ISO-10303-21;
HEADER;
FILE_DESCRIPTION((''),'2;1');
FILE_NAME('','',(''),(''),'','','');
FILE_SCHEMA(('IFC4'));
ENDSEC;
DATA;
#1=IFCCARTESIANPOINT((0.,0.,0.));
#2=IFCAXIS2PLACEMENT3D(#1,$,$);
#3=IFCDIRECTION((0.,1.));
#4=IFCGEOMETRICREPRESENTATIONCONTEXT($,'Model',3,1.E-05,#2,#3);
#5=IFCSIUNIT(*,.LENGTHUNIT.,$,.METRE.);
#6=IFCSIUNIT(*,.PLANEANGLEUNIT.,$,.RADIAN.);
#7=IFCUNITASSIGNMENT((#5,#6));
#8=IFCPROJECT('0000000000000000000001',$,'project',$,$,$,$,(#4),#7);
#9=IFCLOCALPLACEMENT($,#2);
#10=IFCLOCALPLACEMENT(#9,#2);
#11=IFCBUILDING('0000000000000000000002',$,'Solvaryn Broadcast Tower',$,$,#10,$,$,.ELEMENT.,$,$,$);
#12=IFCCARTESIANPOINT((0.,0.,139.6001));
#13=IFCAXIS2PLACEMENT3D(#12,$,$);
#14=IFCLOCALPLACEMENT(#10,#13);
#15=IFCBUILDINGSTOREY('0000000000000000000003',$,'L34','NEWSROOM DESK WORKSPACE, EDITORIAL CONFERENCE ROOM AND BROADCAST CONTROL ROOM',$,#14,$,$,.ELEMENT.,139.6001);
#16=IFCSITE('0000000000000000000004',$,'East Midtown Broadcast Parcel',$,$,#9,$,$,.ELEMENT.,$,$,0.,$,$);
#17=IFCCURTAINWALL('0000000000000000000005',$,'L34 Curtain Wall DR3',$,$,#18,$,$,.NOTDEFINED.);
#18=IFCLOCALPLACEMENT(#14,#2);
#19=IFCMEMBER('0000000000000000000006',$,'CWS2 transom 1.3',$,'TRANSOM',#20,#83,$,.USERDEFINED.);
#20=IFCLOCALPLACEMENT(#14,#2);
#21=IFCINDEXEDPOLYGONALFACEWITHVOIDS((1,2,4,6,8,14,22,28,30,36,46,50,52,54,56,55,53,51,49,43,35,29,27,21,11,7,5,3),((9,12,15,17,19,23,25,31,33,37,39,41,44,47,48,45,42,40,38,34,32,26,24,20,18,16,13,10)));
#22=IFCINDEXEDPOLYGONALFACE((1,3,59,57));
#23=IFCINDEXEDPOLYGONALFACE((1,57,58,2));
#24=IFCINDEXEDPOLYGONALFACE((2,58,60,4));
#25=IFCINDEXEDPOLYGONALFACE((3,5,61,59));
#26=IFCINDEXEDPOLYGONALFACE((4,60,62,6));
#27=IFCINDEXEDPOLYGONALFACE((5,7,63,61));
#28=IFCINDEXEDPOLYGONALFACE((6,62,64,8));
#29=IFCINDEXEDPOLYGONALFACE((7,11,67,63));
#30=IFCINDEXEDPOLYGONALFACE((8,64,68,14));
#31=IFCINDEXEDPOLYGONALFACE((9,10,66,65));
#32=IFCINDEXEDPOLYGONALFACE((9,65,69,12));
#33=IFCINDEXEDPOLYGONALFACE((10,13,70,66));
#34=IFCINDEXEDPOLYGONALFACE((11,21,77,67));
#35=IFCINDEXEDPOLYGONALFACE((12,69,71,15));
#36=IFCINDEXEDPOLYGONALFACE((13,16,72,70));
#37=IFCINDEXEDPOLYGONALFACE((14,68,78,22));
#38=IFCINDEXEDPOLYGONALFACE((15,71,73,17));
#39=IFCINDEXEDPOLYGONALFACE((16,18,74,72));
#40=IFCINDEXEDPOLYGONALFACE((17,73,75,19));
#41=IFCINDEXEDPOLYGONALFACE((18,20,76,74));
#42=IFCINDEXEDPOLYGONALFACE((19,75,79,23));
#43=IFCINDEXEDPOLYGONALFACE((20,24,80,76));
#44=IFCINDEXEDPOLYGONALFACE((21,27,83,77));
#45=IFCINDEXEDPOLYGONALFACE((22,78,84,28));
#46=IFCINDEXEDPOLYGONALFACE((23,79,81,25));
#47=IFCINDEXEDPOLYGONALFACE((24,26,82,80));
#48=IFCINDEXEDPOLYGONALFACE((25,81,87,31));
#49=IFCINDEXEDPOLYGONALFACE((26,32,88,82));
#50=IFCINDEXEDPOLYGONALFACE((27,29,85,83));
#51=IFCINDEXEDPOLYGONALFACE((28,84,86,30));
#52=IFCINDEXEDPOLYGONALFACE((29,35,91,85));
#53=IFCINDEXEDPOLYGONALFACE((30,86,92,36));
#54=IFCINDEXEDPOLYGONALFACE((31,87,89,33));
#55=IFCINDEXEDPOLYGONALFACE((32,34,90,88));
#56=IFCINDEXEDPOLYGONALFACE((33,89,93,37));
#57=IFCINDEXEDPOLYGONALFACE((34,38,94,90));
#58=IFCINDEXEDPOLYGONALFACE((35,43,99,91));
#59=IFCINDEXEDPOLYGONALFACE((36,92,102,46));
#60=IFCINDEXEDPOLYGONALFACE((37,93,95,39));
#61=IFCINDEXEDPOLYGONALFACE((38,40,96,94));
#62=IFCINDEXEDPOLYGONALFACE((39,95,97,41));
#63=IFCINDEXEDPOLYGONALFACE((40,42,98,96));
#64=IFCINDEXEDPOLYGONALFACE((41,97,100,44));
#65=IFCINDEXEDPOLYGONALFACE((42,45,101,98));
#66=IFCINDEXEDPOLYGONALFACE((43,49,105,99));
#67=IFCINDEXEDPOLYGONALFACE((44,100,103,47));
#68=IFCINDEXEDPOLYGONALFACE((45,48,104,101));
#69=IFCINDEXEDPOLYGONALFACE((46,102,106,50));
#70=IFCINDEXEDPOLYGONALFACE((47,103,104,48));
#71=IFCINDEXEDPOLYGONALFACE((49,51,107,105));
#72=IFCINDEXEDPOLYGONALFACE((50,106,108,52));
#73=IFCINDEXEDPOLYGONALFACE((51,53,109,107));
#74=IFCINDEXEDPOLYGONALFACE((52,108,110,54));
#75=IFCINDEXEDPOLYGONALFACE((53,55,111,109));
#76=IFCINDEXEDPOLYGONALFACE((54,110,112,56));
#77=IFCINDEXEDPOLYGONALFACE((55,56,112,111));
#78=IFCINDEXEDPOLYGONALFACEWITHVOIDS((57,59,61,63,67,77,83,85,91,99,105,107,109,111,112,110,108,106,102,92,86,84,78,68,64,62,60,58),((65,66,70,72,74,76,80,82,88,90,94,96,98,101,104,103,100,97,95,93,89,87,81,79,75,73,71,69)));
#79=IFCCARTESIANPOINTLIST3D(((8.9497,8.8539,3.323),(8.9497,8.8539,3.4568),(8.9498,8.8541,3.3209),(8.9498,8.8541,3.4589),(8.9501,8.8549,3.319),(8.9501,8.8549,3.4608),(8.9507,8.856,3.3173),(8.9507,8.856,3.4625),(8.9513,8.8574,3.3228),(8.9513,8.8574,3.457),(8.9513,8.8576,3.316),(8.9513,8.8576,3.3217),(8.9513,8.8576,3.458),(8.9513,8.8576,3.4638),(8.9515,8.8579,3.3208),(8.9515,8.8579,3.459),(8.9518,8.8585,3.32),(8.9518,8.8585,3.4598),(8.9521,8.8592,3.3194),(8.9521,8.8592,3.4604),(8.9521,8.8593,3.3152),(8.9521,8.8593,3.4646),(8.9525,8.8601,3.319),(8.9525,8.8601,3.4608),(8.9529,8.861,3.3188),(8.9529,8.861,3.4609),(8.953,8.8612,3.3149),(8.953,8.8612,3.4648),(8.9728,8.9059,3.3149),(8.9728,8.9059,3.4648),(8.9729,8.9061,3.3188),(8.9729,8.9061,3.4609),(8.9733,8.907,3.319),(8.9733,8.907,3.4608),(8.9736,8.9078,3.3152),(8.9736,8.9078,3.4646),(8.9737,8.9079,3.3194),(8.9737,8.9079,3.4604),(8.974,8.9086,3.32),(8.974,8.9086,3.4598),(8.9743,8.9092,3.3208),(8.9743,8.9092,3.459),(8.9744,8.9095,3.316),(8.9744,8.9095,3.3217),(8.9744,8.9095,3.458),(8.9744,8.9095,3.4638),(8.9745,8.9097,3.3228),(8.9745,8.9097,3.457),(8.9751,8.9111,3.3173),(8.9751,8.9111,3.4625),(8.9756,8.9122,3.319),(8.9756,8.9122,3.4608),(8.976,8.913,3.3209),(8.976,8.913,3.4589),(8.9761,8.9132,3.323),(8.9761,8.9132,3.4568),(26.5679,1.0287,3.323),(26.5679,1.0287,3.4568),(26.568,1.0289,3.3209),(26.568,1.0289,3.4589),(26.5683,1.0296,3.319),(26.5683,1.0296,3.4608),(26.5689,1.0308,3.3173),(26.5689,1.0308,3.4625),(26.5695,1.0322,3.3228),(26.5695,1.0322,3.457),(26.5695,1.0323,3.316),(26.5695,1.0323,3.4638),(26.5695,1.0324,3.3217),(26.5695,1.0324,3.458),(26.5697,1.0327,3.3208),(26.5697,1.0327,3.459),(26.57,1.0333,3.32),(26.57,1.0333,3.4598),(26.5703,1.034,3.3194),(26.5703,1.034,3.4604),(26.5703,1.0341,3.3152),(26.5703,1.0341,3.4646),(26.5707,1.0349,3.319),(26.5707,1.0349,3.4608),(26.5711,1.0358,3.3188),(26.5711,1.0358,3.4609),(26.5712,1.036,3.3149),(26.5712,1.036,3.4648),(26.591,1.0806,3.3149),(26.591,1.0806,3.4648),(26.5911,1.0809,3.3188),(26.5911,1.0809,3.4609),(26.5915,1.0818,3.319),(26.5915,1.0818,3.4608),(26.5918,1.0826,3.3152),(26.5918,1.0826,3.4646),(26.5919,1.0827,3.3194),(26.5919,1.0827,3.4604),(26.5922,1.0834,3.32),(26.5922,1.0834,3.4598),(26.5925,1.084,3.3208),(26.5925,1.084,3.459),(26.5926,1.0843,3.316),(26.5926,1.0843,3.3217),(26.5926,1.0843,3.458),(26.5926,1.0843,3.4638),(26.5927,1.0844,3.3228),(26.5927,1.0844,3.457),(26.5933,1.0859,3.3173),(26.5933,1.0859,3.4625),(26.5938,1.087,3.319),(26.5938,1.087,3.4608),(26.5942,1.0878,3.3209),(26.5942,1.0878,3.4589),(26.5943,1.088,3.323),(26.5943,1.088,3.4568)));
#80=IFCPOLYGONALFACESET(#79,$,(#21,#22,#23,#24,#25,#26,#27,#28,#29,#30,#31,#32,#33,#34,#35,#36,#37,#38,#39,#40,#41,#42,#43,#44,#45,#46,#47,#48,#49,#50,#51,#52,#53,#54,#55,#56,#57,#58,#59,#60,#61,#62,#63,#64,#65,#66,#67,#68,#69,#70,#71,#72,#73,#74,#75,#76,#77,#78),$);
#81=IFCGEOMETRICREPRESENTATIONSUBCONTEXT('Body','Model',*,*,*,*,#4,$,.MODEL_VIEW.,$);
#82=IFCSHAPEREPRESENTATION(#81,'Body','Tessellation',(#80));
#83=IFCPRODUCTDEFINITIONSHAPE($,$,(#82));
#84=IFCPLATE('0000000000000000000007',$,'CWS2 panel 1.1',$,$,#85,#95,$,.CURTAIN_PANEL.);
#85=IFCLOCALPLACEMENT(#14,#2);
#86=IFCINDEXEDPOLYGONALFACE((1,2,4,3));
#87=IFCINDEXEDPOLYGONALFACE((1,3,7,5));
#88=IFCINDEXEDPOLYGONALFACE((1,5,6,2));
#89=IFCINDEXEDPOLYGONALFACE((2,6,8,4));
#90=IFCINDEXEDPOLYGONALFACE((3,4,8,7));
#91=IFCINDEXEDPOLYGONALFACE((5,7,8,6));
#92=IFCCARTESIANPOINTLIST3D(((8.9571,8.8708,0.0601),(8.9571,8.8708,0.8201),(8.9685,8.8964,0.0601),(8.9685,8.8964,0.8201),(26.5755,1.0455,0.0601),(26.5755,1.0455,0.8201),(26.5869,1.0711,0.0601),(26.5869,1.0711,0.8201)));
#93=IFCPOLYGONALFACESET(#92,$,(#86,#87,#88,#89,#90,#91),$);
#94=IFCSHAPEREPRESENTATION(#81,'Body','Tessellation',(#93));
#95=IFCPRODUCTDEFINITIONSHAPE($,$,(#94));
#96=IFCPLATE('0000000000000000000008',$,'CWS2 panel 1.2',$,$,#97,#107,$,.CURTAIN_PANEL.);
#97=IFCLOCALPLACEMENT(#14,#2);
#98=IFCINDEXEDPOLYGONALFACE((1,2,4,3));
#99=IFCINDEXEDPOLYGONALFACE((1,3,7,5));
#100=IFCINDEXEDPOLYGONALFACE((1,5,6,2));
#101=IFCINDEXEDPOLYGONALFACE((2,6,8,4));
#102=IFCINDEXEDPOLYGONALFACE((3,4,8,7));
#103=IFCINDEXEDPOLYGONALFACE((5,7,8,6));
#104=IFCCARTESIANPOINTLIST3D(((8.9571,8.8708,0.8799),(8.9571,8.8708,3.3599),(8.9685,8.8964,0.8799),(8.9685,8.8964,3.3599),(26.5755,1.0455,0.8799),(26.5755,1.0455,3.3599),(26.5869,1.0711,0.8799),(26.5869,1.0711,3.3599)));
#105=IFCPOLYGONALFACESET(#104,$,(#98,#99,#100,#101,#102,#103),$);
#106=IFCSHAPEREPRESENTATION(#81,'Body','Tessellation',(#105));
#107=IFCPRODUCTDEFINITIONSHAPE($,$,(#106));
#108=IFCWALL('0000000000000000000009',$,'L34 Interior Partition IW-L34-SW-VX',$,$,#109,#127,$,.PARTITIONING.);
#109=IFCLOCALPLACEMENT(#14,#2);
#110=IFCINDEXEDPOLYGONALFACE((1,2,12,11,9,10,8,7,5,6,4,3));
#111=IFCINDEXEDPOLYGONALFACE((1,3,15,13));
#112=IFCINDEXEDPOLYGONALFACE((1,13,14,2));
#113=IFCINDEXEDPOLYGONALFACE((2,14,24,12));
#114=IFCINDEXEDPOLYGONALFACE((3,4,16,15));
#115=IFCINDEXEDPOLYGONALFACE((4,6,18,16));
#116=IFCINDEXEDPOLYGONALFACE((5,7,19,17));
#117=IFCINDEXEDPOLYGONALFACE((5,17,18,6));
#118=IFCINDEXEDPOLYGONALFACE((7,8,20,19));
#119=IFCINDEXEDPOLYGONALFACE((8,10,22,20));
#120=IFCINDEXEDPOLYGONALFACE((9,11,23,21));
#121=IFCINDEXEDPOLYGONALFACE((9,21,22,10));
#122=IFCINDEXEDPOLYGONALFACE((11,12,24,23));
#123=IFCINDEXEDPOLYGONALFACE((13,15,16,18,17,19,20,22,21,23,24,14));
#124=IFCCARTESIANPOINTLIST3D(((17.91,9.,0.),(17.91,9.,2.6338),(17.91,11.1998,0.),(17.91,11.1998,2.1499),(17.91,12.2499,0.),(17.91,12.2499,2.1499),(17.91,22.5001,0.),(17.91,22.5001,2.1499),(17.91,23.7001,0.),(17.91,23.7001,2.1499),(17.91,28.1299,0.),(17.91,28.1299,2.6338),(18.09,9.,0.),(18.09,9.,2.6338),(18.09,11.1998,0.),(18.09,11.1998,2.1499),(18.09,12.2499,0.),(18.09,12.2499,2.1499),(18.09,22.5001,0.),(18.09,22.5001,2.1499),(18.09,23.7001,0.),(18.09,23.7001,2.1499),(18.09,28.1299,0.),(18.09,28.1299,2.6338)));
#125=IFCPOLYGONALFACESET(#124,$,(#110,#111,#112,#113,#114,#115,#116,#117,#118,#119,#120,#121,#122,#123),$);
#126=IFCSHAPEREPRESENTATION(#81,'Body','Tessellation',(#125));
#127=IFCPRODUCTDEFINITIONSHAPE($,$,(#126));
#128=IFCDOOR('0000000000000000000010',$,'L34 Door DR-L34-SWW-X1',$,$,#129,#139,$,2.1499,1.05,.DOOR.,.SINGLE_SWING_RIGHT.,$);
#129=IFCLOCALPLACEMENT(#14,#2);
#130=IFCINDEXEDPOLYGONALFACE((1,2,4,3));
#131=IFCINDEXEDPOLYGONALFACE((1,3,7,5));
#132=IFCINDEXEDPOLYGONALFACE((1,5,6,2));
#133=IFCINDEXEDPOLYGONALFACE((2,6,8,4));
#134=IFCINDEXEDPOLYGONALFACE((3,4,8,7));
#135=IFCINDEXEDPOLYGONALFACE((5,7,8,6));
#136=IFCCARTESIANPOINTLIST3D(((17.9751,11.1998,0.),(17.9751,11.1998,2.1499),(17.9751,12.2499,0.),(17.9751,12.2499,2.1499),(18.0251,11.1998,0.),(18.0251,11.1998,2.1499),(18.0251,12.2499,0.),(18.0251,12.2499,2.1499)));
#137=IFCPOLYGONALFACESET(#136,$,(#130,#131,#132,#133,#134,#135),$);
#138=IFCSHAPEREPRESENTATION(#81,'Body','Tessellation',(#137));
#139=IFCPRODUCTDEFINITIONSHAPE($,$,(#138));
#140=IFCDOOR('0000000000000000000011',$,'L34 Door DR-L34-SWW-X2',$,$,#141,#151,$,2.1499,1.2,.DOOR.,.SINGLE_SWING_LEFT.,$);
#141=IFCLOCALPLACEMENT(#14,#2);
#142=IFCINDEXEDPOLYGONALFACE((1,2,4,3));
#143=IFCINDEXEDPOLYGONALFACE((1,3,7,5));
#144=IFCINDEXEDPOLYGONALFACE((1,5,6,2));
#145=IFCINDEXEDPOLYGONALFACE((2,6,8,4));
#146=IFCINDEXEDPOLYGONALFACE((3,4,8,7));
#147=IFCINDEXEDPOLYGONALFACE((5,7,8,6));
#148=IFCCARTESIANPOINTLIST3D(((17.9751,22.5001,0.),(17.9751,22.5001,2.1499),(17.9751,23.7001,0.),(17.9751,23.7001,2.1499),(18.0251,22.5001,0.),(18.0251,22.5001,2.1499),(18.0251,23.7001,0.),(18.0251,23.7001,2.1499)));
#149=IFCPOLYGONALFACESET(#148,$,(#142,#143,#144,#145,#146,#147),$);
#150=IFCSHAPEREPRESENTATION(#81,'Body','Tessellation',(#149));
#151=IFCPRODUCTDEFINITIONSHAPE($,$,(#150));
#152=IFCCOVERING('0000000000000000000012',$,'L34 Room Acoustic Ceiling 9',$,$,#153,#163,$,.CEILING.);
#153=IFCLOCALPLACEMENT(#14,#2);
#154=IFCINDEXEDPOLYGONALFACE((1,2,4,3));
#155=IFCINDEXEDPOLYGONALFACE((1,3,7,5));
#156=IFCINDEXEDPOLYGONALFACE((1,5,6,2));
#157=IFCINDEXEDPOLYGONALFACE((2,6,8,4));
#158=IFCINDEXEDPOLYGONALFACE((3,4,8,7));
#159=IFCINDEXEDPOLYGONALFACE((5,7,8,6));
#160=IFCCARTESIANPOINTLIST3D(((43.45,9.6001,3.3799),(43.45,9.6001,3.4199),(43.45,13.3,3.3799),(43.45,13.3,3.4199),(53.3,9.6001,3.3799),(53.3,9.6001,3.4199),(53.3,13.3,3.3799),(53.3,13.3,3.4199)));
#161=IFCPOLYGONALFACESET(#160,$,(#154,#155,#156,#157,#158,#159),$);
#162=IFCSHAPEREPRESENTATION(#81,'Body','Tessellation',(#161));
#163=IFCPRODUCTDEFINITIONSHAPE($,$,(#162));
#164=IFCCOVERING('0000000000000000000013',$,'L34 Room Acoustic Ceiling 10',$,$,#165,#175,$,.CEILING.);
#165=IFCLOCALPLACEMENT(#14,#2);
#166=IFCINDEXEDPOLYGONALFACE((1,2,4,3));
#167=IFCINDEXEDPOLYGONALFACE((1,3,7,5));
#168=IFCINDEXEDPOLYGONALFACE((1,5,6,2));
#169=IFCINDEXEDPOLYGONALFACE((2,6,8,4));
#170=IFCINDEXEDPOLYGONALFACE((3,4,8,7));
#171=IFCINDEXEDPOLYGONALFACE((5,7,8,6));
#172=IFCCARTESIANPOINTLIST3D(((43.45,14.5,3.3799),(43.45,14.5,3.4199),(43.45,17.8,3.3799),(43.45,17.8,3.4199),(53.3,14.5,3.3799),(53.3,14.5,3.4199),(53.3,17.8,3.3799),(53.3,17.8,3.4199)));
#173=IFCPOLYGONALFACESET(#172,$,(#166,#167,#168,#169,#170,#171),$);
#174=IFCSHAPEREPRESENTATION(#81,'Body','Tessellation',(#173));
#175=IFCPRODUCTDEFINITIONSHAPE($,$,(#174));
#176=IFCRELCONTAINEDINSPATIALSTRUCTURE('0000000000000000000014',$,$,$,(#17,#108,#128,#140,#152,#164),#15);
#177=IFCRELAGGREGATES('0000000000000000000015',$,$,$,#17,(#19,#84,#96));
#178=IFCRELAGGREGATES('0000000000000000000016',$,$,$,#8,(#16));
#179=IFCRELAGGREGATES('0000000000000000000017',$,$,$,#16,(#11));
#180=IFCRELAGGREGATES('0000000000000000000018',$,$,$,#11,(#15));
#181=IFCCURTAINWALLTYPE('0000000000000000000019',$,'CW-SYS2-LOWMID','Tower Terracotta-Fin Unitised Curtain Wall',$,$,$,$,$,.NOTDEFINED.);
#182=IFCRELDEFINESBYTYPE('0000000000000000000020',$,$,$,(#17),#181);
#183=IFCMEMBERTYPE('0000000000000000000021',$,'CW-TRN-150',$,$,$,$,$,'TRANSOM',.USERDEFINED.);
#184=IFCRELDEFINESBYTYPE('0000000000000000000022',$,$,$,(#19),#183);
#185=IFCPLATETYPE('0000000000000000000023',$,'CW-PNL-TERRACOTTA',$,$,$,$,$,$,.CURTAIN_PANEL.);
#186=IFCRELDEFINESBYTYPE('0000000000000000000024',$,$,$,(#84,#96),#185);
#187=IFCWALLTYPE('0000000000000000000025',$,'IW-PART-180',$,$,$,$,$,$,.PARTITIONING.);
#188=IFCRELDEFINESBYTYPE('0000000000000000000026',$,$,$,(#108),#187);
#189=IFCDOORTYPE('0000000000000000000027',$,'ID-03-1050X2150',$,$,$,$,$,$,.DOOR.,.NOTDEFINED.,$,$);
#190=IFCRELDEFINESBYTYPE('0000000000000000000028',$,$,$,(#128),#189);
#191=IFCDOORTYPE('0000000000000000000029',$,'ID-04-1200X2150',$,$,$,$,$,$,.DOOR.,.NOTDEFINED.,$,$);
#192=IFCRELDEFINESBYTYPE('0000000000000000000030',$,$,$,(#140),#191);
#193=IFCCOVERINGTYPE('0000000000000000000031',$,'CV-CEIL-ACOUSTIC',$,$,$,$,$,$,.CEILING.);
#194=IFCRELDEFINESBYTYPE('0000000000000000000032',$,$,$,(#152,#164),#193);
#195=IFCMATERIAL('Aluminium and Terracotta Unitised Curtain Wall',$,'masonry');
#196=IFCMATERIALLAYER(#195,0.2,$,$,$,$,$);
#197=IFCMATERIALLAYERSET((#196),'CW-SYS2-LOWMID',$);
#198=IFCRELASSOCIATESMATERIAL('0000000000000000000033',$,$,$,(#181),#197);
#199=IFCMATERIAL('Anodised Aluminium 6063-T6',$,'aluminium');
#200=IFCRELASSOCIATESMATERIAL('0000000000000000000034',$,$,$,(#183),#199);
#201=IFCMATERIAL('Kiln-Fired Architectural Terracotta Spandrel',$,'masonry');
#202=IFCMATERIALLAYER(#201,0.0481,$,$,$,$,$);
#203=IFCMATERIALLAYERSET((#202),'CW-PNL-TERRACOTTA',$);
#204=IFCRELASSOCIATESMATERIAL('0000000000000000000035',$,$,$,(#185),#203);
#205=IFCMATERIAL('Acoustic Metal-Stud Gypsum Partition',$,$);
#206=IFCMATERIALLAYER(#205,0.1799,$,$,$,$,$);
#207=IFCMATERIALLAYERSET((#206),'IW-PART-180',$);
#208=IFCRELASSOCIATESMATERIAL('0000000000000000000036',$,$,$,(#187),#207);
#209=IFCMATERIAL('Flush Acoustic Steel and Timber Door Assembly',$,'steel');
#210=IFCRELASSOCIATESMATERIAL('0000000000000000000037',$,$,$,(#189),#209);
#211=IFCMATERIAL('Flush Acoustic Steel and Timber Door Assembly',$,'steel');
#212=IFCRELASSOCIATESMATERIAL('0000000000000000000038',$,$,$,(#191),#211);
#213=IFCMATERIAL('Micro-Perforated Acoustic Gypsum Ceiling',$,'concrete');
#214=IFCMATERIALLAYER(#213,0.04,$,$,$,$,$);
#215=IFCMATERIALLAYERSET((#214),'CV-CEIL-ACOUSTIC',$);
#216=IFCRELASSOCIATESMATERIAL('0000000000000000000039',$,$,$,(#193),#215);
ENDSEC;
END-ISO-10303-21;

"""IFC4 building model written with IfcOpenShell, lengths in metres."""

from ifc_helpers import new_model, si_unit, direction, frame, frame_2d, origin, origin_2d, place, context, subcontext, project, spatial, polyline, rectangle, hollow_rectangle, outline, extrude, material, layer, layer_set, material_profile, profile_set, type_object, element, fill, aggregate, save


model = new_model("IFC4")

# Units and contexts
model_context = context("Model", 3, precision=1e-05, world=origin(), true_north=direction((0.0, 1.0)))
body_context = subcontext(model_context, "Body", "Model", "MODEL_VIEW")
ifc_project = project(units=[si_unit("LENGTHUNIT", "METRE"), si_unit("PLANEANGLEUNIT", "RADIAN")], contexts=[model_context])

# Site, building, storey
site_placement = place(None, origin())
site = spatial("IfcSite", under=ifc_project, at=site_placement, Name="East Midtown Broadcast Parcel", CompositionType="ELEMENT", RefElevation=0.0)
building_placement = place(site_placement, origin())
building = spatial("IfcBuilding", under=site, at=building_placement, Name="Solvaryn Broadcast Tower", CompositionType="ELEMENT")
storey_placement = place(building_placement, frame((0.0, 0.0, 139.6001)))
storey = spatial("IfcBuildingStorey", under=building, at=storey_placement, Name="L34", Description="NEWSROOM DESK WORKSPACE, EDITORIAL CONFERENCE ROOM AND BROADCAST CONTROL ROOM", CompositionType="ELEMENT", Elevation=139.6001)

# Curtain wall, member, plates
ifc_material_1 = material(Name="Aluminium and Terracotta Unitised Curtain Wall", Category="masonry")
ifc_layer_1 = layer(ifc_material_1, 0.2)
ifc_layer_set_1 = layer_set([ifc_layer_1], Name="CW-SYS2-LOWMID")
curtain_wall_type_1 = type_object("IfcCurtainWallType", Name="CW-SYS2-LOWMID", Description="Tower Terracotta-Fin Unitised Curtain Wall", PredefinedType="NOTDEFINED", material=ifc_layer_set_1)
curtain_wall_1_placement = place(storey_placement, origin())
curtain_wall_1 = element("IfcCurtainWall", 1, at=curtain_wall_1_placement, inside=storey, type_object=curtain_wall_type_1, Name="L34 Curtain Wall DR3", PredefinedType="NOTDEFINED")
ifc_material_2 = material(Name="Anodised Aluminium 6063-T6", Category="aluminium")
ifc_material_profile_1 = material_profile(ifc_material_2, hollow_rectangle(XDim=0.0649, YDim=0.1499, WallThickness=0.0039, InnerFilletRadius=0.0039, OuterFilletRadius=0.0081, at=origin_2d()))
ifc_profile_set_1 = profile_set([ifc_material_profile_1], Name="Anodised Aluminium 6063-T6")
member_type_1 = type_object("IfcMemberType", Name="CW-TRN-150", ElementType="TRANSOM", PredefinedType="USERDEFINED", material=ifc_profile_set_1)
member_1_placement = place(storey_placement, frame((8.9629, 8.8835, 3.3899), z_axis=(0.91391, -0.405918, 0.0), x_axis=(0.405918, 0.91391, 0.0)))
member_1 = element("IfcMember", 2, at=member_1_placement, type_object=member_type_1, Name="CWS2 transom 1.3", ObjectType="TRANSOM", PredefinedType="USERDEFINED", context=body_context, shape_type="SweptSolid", body=[
    extrude(hollow_rectangle(XDim=0.0649, YDim=0.1499, WallThickness=0.0039, InnerFilletRadius=0.0039, OuterFilletRadius=0.0081, at=origin_2d()), origin(), (0.0, 0.0, 1.0), 19.2778),
])
ifc_material_3 = material(Name="Kiln-Fired Architectural Terracotta Spandrel", Category="masonry")
ifc_layer_2 = layer(ifc_material_3, 0.0481)
ifc_layer_set_2 = layer_set([ifc_layer_2], Name="CW-PNL-TERRACOTTA")
plate_type = type_object("IfcPlateType", Name="CW-PNL-TERRACOTTA", PredefinedType="CURTAIN_PANEL", material=ifc_layer_set_2)
plate_1_placement = place(storey_placement, frame((17.772, 4.9709, 0.0601), z_axis=(0.0, 0.0, 1.0), x_axis=(0.913909, -0.405918, 0.0)))
plate_1 = element("IfcPlate", 3, at=plate_1_placement, type_object=plate_type, Name="CWS2 panel 1.1", PredefinedType="CURTAIN_PANEL", context=body_context, shape_type="SweptSolid", body=[
    extrude(rectangle(XDim=19.2781, YDim=0.0281, at=origin_2d()), origin(), (0.0, 0.0, 1.0), 0.76),
])
plate_2_placement = place(storey_placement, frame((17.772, 4.9709, 0.8799), z_axis=(0.0, 0.0, 1.0), x_axis=(0.913909, -0.405918, 0.0)))
plate_2 = element("IfcPlate", 4, at=plate_2_placement, type_object=plate_type, Name="CWS2 panel 1.2", PredefinedType="CURTAIN_PANEL", context=body_context, shape_type="SweptSolid", body=[
    extrude(rectangle(XDim=19.2781, YDim=0.0281, at=origin_2d()), origin(), (0.0, 0.0, 1.0), 2.48),
])
aggregate(curtain_wall_1, [member_1, plate_1, plate_2])

# Wall, openings, doors
ifc_material_4 = material(Name="Acoustic Metal-Stud Gypsum Partition")
ifc_layer_3 = layer(ifc_material_4, 0.1799)
ifc_layer_set_3 = layer_set([ifc_layer_3], Name="IW-PART-180")
wall_type = type_object("IfcWallType", Name="IW-PART-180", PredefinedType="PARTITIONING", material=ifc_layer_set_3)
wall_placement = place(storey_placement, frame((18.0, 9.0, 0.0), z_axis=(0.0, 0.0, 1.0), x_axis=(0.0, 1.0, 0.0)))
wall = element("IfcWall", 5, at=wall_placement, inside=storey, type_object=wall_type, Name="L34 Interior Partition IW-L34-SW-VX", PredefinedType="PARTITIONING", context=body_context, shape_type="SweptSolid", body=[
    extrude(rectangle(XDim=19.1299, YDim=0.1799, at=frame_2d((9.5649, 0.0))), origin(), (0.0, 0.0, 1.0), 2.6338),
])
opening_1_placement = place(wall_placement, frame((2.2, 0.0, 0.0)))
opening_1 = element("IfcOpeningElement", 6, at=opening_1_placement, cuts=wall, PredefinedType="OPENING", context=body_context, shape_type="SweptSolid", body=[
    extrude(rectangle(XDim=1.05, YDim=2.1499, at=frame_2d((0.5249, 1.075))), frame((0.0, 0.0999, 0.0), z_axis=(0.0, -1.0, 0.0), x_axis=(1.0, 0.0, 0.0)), (0.0, 0.0, 1.0), 0.2),
])
opening_2_placement = place(wall_placement, frame((13.5, 0.0, 0.0)))
opening_2 = element("IfcOpeningElement", 7, at=opening_2_placement, cuts=wall, PredefinedType="OPENING", context=body_context, shape_type="SweptSolid", body=[
    extrude(rectangle(XDim=1.2, YDim=2.1499, at=frame_2d((0.6001, 1.075))), frame((0.0, 0.0999, 0.0), z_axis=(0.0, -1.0, 0.0), x_axis=(1.0, 0.0, 0.0)), (0.0, 0.0, 1.0), 0.2),
])
ifc_material_5 = material(Name="Flush Acoustic Steel and Timber Door Assembly", Category="steel")
door_type_1 = type_object("IfcDoorType", Name="ID-03-1050X2150", OperationType="NOTDEFINED", PredefinedType="DOOR", material=ifc_material_5)
door_1_placement = place(opening_1_placement, origin())
door_1 = element("IfcDoor", 8, at=door_1_placement, inside=storey, type_object=door_type_1, Name="L34 Door DR-L34-SWW-X1", OperationType="SINGLE_SWING_RIGHT", OverallHeight=2.1499, OverallWidth=1.05, PredefinedType="DOOR", context=body_context, shape_type="SweptSolid", body=[
    extrude(rectangle(XDim=1.05, YDim=2.1499, at=frame_2d((0.5249, 1.075))), frame((0.0, 0.0249, 0.0), z_axis=(0.0, -1.0, 0.0), x_axis=(1.0, 0.0, 0.0)), (0.0, 0.0, 1.0), 0.05),
])
fill(opening_1, door_1)
ifc_material_6 = material(Name="Flush Acoustic Steel and Timber Door Assembly", Category="steel")
door_type_2 = type_object("IfcDoorType", Name="ID-04-1200X2150", OperationType="NOTDEFINED", PredefinedType="DOOR", material=ifc_material_6)
door_2_placement = place(opening_2_placement, origin())
door_2 = element("IfcDoor", 9, at=door_2_placement, inside=storey, type_object=door_type_2, Name="L34 Door DR-L34-SWW-X2", OperationType="SINGLE_SWING_LEFT", OverallHeight=2.1499, OverallWidth=1.2, PredefinedType="DOOR", context=body_context, shape_type="SweptSolid", body=[
    extrude(rectangle(XDim=1.2, YDim=2.1499, at=frame_2d((0.6001, 1.075))), frame((0.0, 0.0249, 0.0), z_axis=(0.0, -1.0, 0.0), x_axis=(1.0, 0.0, 0.0)), (0.0, 0.0, 1.0), 0.05),
])
fill(opening_2, door_2)

# Coverings
ifc_material_7 = material(Name="Micro-Perforated Acoustic Gypsum Ceiling", Category="concrete")
ifc_layer_4 = layer(ifc_material_7, 0.04)
ifc_layer_set_4 = layer_set([ifc_layer_4], Name="CV-CEIL-ACOUSTIC")
covering_type_1 = type_object("IfcCoveringType", Name="CV-CEIL-ACOUSTIC", PredefinedType="CEILING", material=ifc_layer_set_4)
covering_1_placement = place(storey_placement, frame((0.0, 0.0, 3.3799)))
element("IfcCovering", 10, at=covering_1_placement, inside=storey, type_object=covering_type_1, Name="L34 Room Acoustic Ceiling 9", PredefinedType="CEILING", context=body_context, shape_type="SweptSolid", body=[
    extrude(outline(polyline([(43.45, 9.6001), (53.3, 9.6001), (53.3, 13.3), (43.45, 13.3), (43.45, 9.6001)])), origin(), (0.0, 0.0, 1.0), 0.04),
])
covering_2_placement = place(storey_placement, frame((0.0, 0.0, 3.3799)))
element("IfcCovering", 11, at=covering_2_placement, inside=storey, type_object=covering_type_1, Name="L34 Room Acoustic Ceiling 10", PredefinedType="CEILING", context=body_context, shape_type="SweptSolid", body=[
    extrude(outline(polyline([(43.45, 14.5), (53.3, 14.5), (53.3, 17.8), (43.45, 17.8), (43.45, 14.5)])), origin(), (0.0, 0.0, 1.0), 0.04),
])

save(model, "model.ifc")
